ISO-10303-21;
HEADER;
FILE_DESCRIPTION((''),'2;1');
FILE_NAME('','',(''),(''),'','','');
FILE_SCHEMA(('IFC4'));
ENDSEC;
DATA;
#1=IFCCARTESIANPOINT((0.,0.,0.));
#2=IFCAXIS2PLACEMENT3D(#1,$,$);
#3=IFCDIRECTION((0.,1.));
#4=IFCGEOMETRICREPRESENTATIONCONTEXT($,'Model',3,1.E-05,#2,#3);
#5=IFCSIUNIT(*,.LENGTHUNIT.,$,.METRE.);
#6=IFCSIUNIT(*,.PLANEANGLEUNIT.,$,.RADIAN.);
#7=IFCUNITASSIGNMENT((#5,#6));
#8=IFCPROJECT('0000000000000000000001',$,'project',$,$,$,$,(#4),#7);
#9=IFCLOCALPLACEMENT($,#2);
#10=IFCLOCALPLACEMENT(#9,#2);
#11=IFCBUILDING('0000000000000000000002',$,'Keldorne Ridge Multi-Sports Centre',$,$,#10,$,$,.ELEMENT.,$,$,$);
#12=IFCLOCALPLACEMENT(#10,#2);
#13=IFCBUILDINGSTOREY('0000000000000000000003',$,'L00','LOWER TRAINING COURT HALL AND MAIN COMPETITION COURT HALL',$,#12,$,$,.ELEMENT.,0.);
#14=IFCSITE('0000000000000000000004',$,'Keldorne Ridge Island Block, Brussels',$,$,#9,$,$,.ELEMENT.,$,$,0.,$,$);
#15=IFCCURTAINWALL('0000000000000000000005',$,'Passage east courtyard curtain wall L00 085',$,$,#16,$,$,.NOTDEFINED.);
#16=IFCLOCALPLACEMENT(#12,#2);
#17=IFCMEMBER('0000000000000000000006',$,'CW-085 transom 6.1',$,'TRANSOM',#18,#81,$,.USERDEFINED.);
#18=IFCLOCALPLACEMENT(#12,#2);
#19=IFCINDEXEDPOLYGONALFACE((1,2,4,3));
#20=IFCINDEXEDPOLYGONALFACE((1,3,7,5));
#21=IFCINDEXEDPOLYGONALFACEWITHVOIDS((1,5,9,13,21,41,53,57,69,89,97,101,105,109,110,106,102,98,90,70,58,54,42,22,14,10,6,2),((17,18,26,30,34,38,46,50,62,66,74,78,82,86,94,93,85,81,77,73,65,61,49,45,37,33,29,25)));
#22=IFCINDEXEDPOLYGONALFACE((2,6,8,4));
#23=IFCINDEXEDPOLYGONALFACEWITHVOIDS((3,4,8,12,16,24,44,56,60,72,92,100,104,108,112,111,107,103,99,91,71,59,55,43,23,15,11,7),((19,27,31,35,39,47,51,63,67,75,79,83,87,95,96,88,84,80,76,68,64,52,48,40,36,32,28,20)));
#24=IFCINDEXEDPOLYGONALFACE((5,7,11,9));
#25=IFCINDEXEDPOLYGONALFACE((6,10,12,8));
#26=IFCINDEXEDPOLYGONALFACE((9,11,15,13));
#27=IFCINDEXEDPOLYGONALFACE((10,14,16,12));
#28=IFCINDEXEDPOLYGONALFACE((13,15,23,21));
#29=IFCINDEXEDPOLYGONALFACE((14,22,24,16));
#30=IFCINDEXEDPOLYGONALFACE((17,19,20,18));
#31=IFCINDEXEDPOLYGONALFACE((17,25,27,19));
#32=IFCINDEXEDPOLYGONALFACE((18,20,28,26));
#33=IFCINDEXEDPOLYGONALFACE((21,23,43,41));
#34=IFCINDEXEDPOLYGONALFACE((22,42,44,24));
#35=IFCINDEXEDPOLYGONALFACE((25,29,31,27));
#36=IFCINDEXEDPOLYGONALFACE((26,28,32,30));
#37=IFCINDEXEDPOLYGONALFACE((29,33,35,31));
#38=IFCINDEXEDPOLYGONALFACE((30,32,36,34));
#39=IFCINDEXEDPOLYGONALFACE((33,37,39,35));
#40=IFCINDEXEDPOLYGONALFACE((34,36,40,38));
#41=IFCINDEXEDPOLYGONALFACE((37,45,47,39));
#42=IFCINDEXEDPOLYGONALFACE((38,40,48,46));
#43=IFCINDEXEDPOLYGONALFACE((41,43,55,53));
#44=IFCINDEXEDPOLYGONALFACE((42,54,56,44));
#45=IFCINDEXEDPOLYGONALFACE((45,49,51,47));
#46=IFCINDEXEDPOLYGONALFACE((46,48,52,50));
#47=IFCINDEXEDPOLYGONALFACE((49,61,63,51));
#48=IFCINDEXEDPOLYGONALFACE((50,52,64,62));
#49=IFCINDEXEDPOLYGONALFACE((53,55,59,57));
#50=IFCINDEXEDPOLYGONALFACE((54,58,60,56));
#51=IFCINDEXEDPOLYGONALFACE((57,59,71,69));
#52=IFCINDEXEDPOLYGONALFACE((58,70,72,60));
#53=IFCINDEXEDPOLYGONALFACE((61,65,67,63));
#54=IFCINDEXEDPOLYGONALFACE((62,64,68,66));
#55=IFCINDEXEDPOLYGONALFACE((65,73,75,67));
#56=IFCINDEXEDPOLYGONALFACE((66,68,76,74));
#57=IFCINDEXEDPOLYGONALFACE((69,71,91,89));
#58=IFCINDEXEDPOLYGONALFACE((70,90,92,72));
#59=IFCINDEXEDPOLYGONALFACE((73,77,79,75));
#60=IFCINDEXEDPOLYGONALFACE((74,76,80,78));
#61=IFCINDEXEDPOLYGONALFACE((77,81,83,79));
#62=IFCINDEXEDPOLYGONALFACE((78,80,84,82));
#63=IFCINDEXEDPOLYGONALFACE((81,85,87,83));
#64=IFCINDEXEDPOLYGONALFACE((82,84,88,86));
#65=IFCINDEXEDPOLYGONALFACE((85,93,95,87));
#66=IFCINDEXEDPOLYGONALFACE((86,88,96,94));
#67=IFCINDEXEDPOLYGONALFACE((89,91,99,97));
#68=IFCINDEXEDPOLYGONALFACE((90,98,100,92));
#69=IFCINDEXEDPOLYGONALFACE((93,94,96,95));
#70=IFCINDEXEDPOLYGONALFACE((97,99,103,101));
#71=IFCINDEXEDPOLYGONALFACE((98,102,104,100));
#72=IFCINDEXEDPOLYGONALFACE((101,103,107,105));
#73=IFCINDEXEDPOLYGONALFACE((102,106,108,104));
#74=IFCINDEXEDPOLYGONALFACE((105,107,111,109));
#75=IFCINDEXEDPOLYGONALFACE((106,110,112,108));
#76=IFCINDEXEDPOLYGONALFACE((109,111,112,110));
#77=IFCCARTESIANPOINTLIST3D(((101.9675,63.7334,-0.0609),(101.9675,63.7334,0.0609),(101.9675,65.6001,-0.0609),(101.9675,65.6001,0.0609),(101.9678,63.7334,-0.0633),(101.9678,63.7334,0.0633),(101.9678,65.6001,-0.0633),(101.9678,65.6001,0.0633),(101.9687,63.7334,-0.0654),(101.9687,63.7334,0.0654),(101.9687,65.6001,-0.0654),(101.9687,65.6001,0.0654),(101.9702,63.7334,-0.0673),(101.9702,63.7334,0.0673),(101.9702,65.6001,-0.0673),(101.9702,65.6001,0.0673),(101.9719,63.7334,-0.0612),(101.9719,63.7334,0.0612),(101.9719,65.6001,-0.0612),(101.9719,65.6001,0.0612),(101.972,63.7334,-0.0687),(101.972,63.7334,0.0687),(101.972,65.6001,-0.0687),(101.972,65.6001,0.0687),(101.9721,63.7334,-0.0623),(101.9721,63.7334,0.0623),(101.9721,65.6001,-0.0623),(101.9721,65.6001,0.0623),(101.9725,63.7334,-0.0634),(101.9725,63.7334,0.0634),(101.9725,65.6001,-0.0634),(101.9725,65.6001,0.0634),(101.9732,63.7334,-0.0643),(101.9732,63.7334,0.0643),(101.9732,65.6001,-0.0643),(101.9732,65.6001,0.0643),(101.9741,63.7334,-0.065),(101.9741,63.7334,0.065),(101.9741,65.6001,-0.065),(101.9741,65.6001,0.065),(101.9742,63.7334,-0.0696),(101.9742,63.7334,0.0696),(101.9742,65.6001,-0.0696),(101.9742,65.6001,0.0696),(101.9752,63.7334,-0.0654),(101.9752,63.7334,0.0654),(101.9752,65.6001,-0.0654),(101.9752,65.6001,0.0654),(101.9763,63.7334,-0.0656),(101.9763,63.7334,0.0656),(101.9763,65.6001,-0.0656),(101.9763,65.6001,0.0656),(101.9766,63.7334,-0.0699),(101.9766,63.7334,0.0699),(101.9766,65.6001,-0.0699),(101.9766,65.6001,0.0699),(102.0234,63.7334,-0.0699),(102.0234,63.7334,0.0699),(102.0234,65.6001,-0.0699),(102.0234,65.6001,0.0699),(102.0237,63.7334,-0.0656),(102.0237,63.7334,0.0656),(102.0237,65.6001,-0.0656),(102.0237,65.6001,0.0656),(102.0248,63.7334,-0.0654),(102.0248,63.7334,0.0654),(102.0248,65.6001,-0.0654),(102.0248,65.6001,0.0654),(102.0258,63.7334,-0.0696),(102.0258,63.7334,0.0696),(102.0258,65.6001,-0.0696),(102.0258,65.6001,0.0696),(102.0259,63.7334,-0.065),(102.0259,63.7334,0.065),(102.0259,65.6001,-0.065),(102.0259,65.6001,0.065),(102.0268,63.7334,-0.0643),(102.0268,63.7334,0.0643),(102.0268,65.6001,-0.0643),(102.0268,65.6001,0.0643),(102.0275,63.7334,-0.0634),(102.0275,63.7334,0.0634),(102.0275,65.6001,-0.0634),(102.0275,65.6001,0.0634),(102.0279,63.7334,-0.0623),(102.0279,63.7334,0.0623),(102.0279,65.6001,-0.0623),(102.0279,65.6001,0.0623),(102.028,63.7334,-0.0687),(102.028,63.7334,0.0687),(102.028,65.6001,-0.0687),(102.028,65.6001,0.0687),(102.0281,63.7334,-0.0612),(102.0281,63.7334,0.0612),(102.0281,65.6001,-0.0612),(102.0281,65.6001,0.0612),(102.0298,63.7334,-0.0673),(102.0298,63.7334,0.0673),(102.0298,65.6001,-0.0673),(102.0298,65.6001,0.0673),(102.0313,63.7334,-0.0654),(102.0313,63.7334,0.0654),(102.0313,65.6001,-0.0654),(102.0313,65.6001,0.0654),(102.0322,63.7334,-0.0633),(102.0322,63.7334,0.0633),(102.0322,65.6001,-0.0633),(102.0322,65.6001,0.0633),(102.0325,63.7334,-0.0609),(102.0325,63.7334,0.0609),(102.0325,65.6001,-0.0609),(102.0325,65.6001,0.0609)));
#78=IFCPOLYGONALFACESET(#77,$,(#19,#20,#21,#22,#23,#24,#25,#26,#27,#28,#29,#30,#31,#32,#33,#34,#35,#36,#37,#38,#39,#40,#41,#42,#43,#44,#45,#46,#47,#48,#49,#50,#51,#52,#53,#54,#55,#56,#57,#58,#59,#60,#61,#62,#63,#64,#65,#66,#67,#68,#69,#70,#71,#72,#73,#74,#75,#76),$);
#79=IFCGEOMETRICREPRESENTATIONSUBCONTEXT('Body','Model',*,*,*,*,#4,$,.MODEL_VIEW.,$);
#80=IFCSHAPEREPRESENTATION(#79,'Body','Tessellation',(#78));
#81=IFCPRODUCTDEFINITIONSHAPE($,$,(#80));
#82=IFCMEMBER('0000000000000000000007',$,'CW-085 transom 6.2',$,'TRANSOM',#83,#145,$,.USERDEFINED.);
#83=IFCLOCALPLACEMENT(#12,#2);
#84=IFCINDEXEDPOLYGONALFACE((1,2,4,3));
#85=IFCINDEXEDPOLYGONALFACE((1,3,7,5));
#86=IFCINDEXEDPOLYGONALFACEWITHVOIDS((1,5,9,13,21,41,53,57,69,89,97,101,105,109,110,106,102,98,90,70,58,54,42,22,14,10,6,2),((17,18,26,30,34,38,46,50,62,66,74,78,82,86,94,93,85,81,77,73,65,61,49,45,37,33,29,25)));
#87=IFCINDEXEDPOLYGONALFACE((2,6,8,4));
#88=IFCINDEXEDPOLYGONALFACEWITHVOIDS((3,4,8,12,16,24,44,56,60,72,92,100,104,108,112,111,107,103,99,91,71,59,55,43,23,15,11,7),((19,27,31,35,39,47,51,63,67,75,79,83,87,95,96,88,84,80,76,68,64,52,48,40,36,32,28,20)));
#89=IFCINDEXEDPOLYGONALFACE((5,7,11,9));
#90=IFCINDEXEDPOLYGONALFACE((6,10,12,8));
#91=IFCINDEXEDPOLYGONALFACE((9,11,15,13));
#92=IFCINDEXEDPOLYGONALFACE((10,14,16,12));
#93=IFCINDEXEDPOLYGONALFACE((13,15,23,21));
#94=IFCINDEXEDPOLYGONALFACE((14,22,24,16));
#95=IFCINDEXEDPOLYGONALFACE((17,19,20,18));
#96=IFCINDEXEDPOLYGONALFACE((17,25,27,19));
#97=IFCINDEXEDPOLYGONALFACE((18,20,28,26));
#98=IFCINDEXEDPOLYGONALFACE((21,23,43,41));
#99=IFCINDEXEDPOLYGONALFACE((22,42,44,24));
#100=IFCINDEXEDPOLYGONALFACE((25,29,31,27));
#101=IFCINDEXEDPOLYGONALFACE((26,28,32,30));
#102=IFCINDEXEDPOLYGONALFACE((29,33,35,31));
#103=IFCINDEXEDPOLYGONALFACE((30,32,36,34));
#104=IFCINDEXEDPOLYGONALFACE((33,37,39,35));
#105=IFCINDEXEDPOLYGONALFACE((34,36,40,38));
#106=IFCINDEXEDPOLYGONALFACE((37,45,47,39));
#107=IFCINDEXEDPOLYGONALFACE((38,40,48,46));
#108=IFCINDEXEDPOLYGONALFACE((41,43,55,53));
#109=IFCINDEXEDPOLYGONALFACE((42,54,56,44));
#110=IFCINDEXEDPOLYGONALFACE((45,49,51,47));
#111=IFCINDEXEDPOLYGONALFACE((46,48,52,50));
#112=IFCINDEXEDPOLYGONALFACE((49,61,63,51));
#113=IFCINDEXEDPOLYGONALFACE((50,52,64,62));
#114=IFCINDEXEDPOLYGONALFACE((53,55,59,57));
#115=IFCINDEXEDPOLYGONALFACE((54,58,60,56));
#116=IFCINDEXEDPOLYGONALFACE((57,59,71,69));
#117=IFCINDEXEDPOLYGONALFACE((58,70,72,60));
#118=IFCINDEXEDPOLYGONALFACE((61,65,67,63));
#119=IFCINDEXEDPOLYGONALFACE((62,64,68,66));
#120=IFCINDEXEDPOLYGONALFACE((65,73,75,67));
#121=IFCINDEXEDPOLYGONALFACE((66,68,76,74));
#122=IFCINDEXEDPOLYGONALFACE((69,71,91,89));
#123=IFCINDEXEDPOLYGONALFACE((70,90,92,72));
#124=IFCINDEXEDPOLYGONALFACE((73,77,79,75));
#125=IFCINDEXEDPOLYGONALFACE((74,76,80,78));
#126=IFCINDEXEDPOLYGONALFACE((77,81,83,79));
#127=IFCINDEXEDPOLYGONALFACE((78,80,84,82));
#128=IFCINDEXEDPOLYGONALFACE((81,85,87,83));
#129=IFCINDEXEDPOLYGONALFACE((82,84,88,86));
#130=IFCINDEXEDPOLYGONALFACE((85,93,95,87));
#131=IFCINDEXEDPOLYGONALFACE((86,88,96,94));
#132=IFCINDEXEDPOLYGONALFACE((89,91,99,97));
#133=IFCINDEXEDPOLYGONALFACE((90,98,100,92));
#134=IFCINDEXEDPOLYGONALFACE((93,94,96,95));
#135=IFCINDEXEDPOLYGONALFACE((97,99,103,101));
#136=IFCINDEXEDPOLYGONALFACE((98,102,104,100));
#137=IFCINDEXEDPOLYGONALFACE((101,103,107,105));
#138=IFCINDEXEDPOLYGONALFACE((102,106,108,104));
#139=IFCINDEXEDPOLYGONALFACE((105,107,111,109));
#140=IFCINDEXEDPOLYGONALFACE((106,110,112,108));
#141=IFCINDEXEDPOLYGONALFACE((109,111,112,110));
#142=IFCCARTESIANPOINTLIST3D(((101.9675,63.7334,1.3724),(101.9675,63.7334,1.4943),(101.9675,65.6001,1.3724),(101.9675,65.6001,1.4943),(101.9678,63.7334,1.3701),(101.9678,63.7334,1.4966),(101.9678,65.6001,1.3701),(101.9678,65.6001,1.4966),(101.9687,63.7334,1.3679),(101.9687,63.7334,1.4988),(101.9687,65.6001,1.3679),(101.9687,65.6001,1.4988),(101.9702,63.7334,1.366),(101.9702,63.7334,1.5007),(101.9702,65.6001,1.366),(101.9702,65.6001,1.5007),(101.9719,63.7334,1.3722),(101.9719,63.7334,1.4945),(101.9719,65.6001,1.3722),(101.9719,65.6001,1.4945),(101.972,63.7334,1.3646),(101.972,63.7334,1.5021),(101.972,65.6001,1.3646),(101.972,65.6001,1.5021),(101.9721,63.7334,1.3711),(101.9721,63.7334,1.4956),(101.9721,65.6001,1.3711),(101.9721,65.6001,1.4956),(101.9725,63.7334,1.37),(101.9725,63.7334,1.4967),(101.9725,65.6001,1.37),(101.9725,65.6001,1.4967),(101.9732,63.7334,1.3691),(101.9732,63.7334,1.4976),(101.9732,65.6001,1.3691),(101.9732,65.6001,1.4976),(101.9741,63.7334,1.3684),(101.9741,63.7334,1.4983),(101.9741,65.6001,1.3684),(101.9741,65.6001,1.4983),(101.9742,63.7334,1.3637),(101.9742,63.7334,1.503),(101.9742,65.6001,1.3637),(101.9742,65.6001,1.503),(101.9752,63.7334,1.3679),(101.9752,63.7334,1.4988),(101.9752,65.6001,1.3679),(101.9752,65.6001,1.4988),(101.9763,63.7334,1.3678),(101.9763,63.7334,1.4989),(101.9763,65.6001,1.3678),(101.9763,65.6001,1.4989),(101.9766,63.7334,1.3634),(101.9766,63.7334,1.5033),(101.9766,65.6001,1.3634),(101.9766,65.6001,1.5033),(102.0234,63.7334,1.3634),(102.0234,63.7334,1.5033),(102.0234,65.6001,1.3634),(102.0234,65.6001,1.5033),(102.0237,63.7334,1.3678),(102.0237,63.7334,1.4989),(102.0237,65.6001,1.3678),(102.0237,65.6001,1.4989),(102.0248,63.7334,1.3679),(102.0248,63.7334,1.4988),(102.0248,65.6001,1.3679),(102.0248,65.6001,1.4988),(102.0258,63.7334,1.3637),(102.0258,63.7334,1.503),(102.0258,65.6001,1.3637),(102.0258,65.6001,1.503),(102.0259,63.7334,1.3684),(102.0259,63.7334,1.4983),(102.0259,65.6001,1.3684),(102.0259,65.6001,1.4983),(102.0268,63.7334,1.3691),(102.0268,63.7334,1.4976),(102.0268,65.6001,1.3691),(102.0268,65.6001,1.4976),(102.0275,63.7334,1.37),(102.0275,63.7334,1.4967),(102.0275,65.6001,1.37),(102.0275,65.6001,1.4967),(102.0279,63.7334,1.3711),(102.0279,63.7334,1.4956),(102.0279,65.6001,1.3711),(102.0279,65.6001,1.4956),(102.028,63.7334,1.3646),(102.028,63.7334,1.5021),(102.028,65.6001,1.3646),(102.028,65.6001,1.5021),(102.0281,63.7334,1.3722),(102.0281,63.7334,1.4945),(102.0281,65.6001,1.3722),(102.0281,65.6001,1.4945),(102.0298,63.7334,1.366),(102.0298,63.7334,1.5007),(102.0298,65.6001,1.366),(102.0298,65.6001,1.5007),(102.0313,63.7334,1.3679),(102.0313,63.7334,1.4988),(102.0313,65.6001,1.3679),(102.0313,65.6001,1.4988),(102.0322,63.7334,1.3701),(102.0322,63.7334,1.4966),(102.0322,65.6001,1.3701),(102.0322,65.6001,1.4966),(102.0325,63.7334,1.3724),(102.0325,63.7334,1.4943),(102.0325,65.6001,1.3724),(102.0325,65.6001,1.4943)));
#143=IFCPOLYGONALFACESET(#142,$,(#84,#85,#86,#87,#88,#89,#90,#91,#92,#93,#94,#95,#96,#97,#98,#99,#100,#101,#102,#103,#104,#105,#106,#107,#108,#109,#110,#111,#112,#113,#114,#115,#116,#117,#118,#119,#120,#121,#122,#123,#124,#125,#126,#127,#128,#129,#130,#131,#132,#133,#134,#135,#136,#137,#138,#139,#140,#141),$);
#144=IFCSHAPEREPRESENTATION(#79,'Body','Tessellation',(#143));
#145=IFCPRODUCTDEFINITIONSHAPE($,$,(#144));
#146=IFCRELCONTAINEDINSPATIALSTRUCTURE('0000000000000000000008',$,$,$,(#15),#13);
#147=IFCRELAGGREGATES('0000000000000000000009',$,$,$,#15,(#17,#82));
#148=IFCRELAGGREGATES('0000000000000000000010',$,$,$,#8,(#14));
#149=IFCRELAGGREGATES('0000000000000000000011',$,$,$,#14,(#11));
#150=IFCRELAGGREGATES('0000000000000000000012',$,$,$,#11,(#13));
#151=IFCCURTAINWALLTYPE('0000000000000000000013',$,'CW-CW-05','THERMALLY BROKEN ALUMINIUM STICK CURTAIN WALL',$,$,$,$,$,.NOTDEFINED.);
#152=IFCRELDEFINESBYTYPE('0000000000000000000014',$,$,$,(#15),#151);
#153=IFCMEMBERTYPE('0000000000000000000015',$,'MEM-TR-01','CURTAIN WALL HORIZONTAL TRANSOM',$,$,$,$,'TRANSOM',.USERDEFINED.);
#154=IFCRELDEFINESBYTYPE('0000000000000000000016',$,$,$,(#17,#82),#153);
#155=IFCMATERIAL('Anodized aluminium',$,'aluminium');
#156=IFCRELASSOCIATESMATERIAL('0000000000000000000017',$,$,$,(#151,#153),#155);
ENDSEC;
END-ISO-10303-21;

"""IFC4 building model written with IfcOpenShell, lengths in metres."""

from ifc_helpers import new_model, si_unit, direction, frame, origin, origin_2d, place, context, subcontext, project, spatial, hollow_rectangle, extrude, material, material_profile, profile_set, type_object, element, aggregate, save


model = new_model("IFC4")

# Units and contexts
model_context = context("Model", 3, precision=1e-05, world=origin(), true_north=direction((0.0, 1.0)))
body_context = subcontext(model_context, "Body", "Model", "MODEL_VIEW")
ifc_project = project(units=[si_unit("LENGTHUNIT", "METRE"), si_unit("PLANEANGLEUNIT", "RADIAN")], contexts=[model_context])

# Site, building, storey
site_placement = place(None, origin())
site = spatial("IfcSite", under=ifc_project, at=site_placement, Name="Keldorne Ridge Island Block, Brussels", CompositionType="ELEMENT", RefElevation=0.0)
building_placement = place(site_placement, origin())
building = spatial("IfcBuilding", under=site, at=building_placement, Name="Keldorne Ridge Multi-Sports Centre", CompositionType="ELEMENT")
storey_placement = place(building_placement, origin())
storey = spatial("IfcBuildingStorey", under=building, at=storey_placement, Name="L00", Description="LOWER TRAINING COURT HALL AND MAIN COMPETITION COURT HALL", CompositionType="ELEMENT", Elevation=0.0)

# Curtain wall
ifc_material_1 = material(Name="Anodized aluminium", Category="aluminium")
curtain_wall_type_1 = type_object("IfcCurtainWallType", Name="CW-CW-05", Description="THERMALLY BROKEN ALUMINIUM STICK CURTAIN WALL", PredefinedType="NOTDEFINED", material=ifc_material_1)
curtain_wall_1_placement = place(storey_placement, origin())
curtain_wall_1 = element("IfcCurtainWall", 1, at=curtain_wall_1_placement, inside=storey, type_object=curtain_wall_type_1, Name="Passage east courtyard curtain wall L00 085", PredefinedType="NOTDEFINED")

# Members
ifc_material_profile_1 = material_profile(ifc_material_1, hollow_rectangle(XDim=0.0649, YDim=0.1399, WallThickness=0.0044, InnerFilletRadius=0.0044, OuterFilletRadius=0.009, at=origin_2d()), Name="ALU TRANSOM 140x65x4.5")
ifc_profile_set_1 = profile_set([ifc_material_profile_1], Name="Anodized aluminium")
member_type_1 = type_object("IfcMemberType", Name="MEM-TR-01", Description="CURTAIN WALL HORIZONTAL TRANSOM", ElementType="TRANSOM", PredefinedType="USERDEFINED", material=ifc_profile_set_1)
member_1_placement = place(storey_placement, frame((102.0, 63.7334, 0.0), z_axis=(0.0, 1.0, 0.0), x_axis=(-1.0, 0.0, 0.0)))
member_1 = element("IfcMember", 2, at=member_1_placement, type_object=member_type_1, Name="CW-085 transom 6.1", ObjectType="TRANSOM", PredefinedType="USERDEFINED", context=body_context, shape_type="SweptSolid", body=[
    extrude(hollow_rectangle(XDim=0.0649, YDim=0.1399, WallThickness=0.0044, InnerFilletRadius=0.0044, OuterFilletRadius=0.009, at=origin_2d()), origin(), (0.0, 0.0, 1.0), 1.8667),
])
member_2_placement = place(storey_placement, frame((102.0, 63.7334, 1.4333), z_axis=(0.0, 1.0, 0.0), x_axis=(-1.0, 0.0, 0.0)))
member_2 = element("IfcMember", 3, at=member_2_placement, type_object=member_type_1, Name="CW-085 transom 6.2", ObjectType="TRANSOM", PredefinedType="USERDEFINED", context=body_context, shape_type="SweptSolid", body=[
    extrude(hollow_rectangle(XDim=0.0649, YDim=0.1399, WallThickness=0.0044, InnerFilletRadius=0.0044, OuterFilletRadius=0.009, at=origin_2d()), origin(), (0.0, 0.0, 1.0), 1.8667),
])

aggregate(curtain_wall_1, [member_1, member_2])

save(model, "model.ifc")
